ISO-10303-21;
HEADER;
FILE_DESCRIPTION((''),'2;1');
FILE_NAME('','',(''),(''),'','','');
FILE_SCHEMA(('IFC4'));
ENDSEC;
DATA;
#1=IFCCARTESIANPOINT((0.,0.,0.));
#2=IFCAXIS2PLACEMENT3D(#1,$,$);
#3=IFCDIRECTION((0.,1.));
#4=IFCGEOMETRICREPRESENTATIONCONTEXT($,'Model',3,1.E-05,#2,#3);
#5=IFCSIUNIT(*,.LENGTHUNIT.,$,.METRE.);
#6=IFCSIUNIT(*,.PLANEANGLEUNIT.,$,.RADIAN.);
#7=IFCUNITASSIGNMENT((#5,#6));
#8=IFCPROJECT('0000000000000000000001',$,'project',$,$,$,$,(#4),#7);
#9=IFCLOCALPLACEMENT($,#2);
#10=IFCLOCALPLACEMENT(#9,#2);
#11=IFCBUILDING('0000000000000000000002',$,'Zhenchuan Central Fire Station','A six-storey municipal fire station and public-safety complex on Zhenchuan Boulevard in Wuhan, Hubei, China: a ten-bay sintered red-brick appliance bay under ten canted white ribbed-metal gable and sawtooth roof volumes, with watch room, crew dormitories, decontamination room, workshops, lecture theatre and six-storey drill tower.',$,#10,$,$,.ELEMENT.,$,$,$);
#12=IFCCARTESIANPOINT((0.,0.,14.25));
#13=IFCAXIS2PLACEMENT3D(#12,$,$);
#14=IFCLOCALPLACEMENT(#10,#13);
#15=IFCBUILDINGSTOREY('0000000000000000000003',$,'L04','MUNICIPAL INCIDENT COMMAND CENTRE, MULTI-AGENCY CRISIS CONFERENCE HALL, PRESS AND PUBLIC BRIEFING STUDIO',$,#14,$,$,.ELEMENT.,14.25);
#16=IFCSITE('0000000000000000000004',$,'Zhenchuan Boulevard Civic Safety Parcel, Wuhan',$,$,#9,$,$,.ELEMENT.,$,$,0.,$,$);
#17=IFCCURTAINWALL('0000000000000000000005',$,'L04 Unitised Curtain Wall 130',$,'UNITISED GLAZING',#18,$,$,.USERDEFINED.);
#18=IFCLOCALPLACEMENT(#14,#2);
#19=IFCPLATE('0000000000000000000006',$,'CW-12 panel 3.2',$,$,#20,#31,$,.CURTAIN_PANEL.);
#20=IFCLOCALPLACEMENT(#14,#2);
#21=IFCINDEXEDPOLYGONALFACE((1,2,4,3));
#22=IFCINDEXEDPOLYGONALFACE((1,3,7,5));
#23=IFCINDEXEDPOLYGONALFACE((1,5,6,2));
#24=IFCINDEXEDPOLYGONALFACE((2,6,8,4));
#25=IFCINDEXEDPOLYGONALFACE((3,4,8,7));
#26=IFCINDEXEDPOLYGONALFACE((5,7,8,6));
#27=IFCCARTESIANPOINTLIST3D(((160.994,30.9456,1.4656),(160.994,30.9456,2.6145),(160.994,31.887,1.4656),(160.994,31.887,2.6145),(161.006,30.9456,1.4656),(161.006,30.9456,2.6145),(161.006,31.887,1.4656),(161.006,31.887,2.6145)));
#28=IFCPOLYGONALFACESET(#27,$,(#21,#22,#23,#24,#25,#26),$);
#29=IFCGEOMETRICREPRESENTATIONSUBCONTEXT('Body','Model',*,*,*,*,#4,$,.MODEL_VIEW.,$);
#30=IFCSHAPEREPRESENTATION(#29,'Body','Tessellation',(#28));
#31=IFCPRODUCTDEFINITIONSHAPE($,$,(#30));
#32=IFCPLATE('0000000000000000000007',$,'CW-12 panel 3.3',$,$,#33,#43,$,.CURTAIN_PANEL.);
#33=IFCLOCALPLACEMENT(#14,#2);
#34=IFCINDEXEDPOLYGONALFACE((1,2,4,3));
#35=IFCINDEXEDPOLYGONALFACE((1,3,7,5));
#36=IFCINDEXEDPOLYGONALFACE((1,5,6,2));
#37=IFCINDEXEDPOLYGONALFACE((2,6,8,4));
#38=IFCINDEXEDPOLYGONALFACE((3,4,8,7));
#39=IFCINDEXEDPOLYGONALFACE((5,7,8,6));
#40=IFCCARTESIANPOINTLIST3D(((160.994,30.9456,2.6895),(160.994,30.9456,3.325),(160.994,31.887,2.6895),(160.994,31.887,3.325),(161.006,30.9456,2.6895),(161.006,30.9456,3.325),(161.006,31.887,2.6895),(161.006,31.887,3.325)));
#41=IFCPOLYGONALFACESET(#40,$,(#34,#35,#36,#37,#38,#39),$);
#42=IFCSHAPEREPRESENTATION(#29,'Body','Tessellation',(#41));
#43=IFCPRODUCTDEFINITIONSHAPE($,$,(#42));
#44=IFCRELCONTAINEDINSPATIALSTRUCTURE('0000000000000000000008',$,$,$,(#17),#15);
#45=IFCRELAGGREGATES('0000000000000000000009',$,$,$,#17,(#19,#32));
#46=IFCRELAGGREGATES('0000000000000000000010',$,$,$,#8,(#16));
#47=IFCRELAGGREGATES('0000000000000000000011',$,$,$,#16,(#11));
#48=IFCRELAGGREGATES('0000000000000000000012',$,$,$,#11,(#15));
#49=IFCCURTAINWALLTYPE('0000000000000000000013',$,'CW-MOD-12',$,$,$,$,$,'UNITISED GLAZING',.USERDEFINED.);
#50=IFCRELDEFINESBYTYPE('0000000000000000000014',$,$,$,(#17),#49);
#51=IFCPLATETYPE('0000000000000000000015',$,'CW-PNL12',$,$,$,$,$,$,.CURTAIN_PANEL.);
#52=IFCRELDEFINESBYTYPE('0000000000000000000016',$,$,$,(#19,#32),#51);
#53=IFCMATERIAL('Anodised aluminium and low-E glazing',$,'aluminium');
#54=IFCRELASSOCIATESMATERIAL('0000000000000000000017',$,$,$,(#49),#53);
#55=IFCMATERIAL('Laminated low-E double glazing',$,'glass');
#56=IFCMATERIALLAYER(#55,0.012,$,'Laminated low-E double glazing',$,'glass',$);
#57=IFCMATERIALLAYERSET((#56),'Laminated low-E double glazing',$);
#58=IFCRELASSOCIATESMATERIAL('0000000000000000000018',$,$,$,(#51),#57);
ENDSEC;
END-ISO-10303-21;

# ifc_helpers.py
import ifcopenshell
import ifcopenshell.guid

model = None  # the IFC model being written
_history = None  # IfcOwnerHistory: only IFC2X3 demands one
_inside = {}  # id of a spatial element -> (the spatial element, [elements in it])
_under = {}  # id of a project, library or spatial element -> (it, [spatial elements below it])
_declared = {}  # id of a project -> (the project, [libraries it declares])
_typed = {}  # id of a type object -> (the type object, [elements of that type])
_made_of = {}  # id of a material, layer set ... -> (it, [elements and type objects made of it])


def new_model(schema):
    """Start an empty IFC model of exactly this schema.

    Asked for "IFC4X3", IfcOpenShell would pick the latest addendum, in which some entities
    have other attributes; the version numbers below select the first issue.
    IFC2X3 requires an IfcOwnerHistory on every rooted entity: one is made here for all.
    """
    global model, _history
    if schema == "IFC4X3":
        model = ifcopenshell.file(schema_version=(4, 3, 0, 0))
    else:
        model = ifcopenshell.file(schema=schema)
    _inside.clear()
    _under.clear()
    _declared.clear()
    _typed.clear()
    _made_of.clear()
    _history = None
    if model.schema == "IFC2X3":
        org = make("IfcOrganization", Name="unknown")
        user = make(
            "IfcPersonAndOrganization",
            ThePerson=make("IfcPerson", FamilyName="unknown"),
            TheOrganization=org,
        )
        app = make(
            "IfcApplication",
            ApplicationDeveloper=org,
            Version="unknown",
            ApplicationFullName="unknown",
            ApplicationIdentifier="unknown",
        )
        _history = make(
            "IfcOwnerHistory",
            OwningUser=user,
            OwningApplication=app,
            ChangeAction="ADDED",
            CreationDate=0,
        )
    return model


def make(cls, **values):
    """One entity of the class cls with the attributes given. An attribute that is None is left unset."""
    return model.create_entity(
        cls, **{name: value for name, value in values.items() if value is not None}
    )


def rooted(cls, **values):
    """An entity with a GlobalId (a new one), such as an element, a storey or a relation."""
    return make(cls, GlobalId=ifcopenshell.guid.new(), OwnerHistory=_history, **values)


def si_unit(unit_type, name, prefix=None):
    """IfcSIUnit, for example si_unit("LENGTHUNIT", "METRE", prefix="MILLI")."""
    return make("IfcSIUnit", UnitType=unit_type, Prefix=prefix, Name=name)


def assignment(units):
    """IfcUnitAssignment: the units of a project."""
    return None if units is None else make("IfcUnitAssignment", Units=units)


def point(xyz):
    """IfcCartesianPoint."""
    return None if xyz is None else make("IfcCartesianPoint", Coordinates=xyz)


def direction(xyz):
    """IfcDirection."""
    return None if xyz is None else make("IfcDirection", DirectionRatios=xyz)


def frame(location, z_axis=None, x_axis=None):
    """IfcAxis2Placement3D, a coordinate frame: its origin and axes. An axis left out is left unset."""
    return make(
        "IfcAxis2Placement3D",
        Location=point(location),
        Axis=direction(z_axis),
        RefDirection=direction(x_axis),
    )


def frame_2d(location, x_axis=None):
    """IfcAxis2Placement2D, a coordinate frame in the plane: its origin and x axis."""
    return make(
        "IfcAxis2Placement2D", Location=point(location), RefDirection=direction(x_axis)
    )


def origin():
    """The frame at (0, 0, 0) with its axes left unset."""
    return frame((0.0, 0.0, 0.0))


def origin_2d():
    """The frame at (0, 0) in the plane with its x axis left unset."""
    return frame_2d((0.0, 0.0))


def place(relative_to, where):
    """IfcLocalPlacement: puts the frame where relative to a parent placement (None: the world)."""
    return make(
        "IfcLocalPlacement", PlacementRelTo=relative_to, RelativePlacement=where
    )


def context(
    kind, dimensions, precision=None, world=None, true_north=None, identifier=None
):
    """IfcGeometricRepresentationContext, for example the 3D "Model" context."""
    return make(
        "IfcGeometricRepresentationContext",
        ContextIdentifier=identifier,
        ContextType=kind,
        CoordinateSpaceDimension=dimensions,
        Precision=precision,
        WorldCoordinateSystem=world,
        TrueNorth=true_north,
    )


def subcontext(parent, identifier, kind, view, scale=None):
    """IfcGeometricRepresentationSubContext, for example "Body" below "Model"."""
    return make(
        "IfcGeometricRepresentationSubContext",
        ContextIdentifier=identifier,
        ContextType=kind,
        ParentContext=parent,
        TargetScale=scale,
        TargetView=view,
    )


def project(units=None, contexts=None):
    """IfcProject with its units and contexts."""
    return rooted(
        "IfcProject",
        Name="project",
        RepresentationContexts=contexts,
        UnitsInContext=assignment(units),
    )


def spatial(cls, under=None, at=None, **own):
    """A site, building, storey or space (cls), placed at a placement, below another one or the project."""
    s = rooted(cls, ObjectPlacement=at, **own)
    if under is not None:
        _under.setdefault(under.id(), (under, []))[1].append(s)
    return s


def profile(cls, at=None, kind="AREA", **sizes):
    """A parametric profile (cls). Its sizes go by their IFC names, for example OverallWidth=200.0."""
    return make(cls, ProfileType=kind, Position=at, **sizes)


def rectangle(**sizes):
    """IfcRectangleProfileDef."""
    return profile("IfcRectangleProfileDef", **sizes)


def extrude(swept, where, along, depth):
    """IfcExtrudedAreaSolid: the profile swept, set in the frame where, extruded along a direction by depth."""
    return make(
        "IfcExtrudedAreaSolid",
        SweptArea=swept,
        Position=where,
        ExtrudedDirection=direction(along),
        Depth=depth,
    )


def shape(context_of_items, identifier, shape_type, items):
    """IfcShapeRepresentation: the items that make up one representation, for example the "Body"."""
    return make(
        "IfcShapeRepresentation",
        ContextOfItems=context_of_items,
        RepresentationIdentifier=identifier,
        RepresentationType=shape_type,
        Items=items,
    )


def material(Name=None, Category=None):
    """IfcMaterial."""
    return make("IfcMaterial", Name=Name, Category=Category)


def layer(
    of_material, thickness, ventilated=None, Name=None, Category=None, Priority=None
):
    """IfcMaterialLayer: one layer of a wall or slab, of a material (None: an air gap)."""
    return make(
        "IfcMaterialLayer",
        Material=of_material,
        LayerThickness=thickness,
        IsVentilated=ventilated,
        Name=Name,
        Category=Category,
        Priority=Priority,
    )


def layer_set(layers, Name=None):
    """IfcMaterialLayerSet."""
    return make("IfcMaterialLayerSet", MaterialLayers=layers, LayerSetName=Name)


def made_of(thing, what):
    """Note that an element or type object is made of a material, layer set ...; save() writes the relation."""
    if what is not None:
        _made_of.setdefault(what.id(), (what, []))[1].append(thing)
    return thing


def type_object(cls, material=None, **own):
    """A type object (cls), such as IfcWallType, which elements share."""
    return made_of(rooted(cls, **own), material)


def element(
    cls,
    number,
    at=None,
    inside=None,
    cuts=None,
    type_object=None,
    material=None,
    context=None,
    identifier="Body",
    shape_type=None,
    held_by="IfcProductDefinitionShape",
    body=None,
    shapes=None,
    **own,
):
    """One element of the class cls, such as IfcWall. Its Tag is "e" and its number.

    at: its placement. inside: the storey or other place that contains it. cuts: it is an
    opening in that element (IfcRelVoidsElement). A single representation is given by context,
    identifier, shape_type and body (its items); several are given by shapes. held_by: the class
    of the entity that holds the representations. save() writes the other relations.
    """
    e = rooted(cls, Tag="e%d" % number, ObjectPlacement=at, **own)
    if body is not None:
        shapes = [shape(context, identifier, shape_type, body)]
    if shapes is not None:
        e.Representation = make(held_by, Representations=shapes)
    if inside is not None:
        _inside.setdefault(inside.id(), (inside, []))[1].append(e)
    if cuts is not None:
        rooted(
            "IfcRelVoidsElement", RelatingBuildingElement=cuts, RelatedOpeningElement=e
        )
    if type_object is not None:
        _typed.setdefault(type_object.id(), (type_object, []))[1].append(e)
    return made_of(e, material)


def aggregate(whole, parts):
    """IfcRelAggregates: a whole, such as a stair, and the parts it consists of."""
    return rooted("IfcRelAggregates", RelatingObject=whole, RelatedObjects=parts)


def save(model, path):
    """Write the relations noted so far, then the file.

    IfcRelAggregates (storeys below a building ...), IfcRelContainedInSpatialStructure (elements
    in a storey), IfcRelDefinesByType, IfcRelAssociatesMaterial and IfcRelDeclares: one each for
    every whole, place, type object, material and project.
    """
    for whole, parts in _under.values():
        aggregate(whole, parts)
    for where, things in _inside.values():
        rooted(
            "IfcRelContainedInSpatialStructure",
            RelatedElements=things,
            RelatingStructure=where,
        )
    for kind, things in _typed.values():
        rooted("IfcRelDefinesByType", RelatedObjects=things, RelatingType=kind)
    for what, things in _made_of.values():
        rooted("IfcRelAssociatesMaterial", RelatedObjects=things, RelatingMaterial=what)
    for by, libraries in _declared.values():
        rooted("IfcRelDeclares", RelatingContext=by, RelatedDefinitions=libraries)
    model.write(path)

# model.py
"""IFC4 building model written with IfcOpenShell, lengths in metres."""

from ifc_helpers import new_model, si_unit, direction, frame, origin, origin_2d, place, context, subcontext, project, spatial, rectangle, extrude, material, layer, layer_set, type_object, element, aggregate, save


model = new_model("IFC4")

# Units and contexts
model_context = context("Model", 3, precision=1e-05, world=origin(), true_north=direction((0.0, 1.0)))
body_context = subcontext(model_context, "Body", "Model", "MODEL_VIEW")
ifc_project = project(units=[si_unit("LENGTHUNIT", "METRE"), si_unit("PLANEANGLEUNIT", "RADIAN")], contexts=[model_context])

# Site, building, storey
site_placement = place(None, origin())
site = spatial("IfcSite", under=ifc_project, at=site_placement, Name="Zhenchuan Boulevard Civic Safety Parcel, Wuhan", CompositionType="ELEMENT", RefElevation=0.0)
building_placement = place(site_placement, origin())
building = spatial("IfcBuilding", under=site, at=building_placement, Name="Zhenchuan Central Fire Station", Description="A six-storey municipal fire station and public-safety complex on Zhenchuan Boulevard in Wuhan, Hubei, China: a ten-bay sintered red-brick appliance bay under ten canted white ribbed-metal gable and sawtooth roof volumes, with watch room, crew dormitories, decontamination room, workshops, lecture theatre and six-storey drill tower.", CompositionType="ELEMENT")
storey_placement = place(building_placement, frame((0.0, 0.0, 14.25)))
storey = spatial("IfcBuildingStorey", under=building, at=storey_placement, Name="L04", Description="MUNICIPAL INCIDENT COMMAND CENTRE, MULTI-AGENCY CRISIS CONFERENCE HALL, PRESS AND PUBLIC BRIEFING STUDIO", CompositionType="ELEMENT", Elevation=14.25)

# Curtain wall
ifc_material_1 = material(Name="Anodised aluminium and low-E glazing", Category="aluminium")
curtain_wall_type_1 = type_object("IfcCurtainWallType", Name="CW-MOD-12", ElementType="UNITISED GLAZING", PredefinedType="USERDEFINED", material=ifc_material_1)
curtain_wall_1_placement = place(storey_placement, origin())
curtain_wall_1 = element("IfcCurtainWall", 1, at=curtain_wall_1_placement, inside=storey, type_object=curtain_wall_type_1, Name="L04 Unitised Curtain Wall 130", ObjectType="UNITISED GLAZING", PredefinedType="USERDEFINED")

# Plates
ifc_material_2 = material(Name="Laminated low-E double glazing", Category="glass")
ifc_layer = layer(ifc_material_2, 0.012, Name="Laminated low-E double glazing", Category="glass")
ifc_layer_set = layer_set([ifc_layer], Name="Laminated low-E double glazing")
plate_type = type_object("IfcPlateType", Name="CW-PNL12", PredefinedType="CURTAIN_PANEL", material=ifc_layer_set)
plate_1_placement = place(storey_placement, frame((161.0, 31.4163, 1.4656), z_axis=(0.0, 0.0, 1.0), x_axis=(0.0, 1.0, 0.0)))
plate_1 = element("IfcPlate", 2, at=plate_1_placement, type_object=plate_type, Name="CW-12 panel 3.2", PredefinedType="CURTAIN_PANEL", context=body_context, shape_type="SweptSolid", body=[
    extrude(rectangle(XDim=0.9414, YDim=0.012, at=origin_2d()), origin(), (0.0, 0.0, 1.0), 1.1489),
])
plate_2_placement = place(storey_placement, frame((161.0, 31.4163, 2.6895), z_axis=(0.0, 0.0, 1.0), x_axis=(0.0, 1.0, 0.0)))
plate_2 = element("IfcPlate", 3, at=plate_2_placement, type_object=plate_type, Name="CW-12 panel 3.3", PredefinedType="CURTAIN_PANEL", context=body_context, shape_type="SweptSolid", body=[
    extrude(rectangle(XDim=0.9414, YDim=0.012, at=origin_2d()), origin(), (0.0, 0.0, 1.0), 0.6355),
])
aggregate(curtain_wall_1, [plate_1, plate_2])

save(model, "model.ifc")
